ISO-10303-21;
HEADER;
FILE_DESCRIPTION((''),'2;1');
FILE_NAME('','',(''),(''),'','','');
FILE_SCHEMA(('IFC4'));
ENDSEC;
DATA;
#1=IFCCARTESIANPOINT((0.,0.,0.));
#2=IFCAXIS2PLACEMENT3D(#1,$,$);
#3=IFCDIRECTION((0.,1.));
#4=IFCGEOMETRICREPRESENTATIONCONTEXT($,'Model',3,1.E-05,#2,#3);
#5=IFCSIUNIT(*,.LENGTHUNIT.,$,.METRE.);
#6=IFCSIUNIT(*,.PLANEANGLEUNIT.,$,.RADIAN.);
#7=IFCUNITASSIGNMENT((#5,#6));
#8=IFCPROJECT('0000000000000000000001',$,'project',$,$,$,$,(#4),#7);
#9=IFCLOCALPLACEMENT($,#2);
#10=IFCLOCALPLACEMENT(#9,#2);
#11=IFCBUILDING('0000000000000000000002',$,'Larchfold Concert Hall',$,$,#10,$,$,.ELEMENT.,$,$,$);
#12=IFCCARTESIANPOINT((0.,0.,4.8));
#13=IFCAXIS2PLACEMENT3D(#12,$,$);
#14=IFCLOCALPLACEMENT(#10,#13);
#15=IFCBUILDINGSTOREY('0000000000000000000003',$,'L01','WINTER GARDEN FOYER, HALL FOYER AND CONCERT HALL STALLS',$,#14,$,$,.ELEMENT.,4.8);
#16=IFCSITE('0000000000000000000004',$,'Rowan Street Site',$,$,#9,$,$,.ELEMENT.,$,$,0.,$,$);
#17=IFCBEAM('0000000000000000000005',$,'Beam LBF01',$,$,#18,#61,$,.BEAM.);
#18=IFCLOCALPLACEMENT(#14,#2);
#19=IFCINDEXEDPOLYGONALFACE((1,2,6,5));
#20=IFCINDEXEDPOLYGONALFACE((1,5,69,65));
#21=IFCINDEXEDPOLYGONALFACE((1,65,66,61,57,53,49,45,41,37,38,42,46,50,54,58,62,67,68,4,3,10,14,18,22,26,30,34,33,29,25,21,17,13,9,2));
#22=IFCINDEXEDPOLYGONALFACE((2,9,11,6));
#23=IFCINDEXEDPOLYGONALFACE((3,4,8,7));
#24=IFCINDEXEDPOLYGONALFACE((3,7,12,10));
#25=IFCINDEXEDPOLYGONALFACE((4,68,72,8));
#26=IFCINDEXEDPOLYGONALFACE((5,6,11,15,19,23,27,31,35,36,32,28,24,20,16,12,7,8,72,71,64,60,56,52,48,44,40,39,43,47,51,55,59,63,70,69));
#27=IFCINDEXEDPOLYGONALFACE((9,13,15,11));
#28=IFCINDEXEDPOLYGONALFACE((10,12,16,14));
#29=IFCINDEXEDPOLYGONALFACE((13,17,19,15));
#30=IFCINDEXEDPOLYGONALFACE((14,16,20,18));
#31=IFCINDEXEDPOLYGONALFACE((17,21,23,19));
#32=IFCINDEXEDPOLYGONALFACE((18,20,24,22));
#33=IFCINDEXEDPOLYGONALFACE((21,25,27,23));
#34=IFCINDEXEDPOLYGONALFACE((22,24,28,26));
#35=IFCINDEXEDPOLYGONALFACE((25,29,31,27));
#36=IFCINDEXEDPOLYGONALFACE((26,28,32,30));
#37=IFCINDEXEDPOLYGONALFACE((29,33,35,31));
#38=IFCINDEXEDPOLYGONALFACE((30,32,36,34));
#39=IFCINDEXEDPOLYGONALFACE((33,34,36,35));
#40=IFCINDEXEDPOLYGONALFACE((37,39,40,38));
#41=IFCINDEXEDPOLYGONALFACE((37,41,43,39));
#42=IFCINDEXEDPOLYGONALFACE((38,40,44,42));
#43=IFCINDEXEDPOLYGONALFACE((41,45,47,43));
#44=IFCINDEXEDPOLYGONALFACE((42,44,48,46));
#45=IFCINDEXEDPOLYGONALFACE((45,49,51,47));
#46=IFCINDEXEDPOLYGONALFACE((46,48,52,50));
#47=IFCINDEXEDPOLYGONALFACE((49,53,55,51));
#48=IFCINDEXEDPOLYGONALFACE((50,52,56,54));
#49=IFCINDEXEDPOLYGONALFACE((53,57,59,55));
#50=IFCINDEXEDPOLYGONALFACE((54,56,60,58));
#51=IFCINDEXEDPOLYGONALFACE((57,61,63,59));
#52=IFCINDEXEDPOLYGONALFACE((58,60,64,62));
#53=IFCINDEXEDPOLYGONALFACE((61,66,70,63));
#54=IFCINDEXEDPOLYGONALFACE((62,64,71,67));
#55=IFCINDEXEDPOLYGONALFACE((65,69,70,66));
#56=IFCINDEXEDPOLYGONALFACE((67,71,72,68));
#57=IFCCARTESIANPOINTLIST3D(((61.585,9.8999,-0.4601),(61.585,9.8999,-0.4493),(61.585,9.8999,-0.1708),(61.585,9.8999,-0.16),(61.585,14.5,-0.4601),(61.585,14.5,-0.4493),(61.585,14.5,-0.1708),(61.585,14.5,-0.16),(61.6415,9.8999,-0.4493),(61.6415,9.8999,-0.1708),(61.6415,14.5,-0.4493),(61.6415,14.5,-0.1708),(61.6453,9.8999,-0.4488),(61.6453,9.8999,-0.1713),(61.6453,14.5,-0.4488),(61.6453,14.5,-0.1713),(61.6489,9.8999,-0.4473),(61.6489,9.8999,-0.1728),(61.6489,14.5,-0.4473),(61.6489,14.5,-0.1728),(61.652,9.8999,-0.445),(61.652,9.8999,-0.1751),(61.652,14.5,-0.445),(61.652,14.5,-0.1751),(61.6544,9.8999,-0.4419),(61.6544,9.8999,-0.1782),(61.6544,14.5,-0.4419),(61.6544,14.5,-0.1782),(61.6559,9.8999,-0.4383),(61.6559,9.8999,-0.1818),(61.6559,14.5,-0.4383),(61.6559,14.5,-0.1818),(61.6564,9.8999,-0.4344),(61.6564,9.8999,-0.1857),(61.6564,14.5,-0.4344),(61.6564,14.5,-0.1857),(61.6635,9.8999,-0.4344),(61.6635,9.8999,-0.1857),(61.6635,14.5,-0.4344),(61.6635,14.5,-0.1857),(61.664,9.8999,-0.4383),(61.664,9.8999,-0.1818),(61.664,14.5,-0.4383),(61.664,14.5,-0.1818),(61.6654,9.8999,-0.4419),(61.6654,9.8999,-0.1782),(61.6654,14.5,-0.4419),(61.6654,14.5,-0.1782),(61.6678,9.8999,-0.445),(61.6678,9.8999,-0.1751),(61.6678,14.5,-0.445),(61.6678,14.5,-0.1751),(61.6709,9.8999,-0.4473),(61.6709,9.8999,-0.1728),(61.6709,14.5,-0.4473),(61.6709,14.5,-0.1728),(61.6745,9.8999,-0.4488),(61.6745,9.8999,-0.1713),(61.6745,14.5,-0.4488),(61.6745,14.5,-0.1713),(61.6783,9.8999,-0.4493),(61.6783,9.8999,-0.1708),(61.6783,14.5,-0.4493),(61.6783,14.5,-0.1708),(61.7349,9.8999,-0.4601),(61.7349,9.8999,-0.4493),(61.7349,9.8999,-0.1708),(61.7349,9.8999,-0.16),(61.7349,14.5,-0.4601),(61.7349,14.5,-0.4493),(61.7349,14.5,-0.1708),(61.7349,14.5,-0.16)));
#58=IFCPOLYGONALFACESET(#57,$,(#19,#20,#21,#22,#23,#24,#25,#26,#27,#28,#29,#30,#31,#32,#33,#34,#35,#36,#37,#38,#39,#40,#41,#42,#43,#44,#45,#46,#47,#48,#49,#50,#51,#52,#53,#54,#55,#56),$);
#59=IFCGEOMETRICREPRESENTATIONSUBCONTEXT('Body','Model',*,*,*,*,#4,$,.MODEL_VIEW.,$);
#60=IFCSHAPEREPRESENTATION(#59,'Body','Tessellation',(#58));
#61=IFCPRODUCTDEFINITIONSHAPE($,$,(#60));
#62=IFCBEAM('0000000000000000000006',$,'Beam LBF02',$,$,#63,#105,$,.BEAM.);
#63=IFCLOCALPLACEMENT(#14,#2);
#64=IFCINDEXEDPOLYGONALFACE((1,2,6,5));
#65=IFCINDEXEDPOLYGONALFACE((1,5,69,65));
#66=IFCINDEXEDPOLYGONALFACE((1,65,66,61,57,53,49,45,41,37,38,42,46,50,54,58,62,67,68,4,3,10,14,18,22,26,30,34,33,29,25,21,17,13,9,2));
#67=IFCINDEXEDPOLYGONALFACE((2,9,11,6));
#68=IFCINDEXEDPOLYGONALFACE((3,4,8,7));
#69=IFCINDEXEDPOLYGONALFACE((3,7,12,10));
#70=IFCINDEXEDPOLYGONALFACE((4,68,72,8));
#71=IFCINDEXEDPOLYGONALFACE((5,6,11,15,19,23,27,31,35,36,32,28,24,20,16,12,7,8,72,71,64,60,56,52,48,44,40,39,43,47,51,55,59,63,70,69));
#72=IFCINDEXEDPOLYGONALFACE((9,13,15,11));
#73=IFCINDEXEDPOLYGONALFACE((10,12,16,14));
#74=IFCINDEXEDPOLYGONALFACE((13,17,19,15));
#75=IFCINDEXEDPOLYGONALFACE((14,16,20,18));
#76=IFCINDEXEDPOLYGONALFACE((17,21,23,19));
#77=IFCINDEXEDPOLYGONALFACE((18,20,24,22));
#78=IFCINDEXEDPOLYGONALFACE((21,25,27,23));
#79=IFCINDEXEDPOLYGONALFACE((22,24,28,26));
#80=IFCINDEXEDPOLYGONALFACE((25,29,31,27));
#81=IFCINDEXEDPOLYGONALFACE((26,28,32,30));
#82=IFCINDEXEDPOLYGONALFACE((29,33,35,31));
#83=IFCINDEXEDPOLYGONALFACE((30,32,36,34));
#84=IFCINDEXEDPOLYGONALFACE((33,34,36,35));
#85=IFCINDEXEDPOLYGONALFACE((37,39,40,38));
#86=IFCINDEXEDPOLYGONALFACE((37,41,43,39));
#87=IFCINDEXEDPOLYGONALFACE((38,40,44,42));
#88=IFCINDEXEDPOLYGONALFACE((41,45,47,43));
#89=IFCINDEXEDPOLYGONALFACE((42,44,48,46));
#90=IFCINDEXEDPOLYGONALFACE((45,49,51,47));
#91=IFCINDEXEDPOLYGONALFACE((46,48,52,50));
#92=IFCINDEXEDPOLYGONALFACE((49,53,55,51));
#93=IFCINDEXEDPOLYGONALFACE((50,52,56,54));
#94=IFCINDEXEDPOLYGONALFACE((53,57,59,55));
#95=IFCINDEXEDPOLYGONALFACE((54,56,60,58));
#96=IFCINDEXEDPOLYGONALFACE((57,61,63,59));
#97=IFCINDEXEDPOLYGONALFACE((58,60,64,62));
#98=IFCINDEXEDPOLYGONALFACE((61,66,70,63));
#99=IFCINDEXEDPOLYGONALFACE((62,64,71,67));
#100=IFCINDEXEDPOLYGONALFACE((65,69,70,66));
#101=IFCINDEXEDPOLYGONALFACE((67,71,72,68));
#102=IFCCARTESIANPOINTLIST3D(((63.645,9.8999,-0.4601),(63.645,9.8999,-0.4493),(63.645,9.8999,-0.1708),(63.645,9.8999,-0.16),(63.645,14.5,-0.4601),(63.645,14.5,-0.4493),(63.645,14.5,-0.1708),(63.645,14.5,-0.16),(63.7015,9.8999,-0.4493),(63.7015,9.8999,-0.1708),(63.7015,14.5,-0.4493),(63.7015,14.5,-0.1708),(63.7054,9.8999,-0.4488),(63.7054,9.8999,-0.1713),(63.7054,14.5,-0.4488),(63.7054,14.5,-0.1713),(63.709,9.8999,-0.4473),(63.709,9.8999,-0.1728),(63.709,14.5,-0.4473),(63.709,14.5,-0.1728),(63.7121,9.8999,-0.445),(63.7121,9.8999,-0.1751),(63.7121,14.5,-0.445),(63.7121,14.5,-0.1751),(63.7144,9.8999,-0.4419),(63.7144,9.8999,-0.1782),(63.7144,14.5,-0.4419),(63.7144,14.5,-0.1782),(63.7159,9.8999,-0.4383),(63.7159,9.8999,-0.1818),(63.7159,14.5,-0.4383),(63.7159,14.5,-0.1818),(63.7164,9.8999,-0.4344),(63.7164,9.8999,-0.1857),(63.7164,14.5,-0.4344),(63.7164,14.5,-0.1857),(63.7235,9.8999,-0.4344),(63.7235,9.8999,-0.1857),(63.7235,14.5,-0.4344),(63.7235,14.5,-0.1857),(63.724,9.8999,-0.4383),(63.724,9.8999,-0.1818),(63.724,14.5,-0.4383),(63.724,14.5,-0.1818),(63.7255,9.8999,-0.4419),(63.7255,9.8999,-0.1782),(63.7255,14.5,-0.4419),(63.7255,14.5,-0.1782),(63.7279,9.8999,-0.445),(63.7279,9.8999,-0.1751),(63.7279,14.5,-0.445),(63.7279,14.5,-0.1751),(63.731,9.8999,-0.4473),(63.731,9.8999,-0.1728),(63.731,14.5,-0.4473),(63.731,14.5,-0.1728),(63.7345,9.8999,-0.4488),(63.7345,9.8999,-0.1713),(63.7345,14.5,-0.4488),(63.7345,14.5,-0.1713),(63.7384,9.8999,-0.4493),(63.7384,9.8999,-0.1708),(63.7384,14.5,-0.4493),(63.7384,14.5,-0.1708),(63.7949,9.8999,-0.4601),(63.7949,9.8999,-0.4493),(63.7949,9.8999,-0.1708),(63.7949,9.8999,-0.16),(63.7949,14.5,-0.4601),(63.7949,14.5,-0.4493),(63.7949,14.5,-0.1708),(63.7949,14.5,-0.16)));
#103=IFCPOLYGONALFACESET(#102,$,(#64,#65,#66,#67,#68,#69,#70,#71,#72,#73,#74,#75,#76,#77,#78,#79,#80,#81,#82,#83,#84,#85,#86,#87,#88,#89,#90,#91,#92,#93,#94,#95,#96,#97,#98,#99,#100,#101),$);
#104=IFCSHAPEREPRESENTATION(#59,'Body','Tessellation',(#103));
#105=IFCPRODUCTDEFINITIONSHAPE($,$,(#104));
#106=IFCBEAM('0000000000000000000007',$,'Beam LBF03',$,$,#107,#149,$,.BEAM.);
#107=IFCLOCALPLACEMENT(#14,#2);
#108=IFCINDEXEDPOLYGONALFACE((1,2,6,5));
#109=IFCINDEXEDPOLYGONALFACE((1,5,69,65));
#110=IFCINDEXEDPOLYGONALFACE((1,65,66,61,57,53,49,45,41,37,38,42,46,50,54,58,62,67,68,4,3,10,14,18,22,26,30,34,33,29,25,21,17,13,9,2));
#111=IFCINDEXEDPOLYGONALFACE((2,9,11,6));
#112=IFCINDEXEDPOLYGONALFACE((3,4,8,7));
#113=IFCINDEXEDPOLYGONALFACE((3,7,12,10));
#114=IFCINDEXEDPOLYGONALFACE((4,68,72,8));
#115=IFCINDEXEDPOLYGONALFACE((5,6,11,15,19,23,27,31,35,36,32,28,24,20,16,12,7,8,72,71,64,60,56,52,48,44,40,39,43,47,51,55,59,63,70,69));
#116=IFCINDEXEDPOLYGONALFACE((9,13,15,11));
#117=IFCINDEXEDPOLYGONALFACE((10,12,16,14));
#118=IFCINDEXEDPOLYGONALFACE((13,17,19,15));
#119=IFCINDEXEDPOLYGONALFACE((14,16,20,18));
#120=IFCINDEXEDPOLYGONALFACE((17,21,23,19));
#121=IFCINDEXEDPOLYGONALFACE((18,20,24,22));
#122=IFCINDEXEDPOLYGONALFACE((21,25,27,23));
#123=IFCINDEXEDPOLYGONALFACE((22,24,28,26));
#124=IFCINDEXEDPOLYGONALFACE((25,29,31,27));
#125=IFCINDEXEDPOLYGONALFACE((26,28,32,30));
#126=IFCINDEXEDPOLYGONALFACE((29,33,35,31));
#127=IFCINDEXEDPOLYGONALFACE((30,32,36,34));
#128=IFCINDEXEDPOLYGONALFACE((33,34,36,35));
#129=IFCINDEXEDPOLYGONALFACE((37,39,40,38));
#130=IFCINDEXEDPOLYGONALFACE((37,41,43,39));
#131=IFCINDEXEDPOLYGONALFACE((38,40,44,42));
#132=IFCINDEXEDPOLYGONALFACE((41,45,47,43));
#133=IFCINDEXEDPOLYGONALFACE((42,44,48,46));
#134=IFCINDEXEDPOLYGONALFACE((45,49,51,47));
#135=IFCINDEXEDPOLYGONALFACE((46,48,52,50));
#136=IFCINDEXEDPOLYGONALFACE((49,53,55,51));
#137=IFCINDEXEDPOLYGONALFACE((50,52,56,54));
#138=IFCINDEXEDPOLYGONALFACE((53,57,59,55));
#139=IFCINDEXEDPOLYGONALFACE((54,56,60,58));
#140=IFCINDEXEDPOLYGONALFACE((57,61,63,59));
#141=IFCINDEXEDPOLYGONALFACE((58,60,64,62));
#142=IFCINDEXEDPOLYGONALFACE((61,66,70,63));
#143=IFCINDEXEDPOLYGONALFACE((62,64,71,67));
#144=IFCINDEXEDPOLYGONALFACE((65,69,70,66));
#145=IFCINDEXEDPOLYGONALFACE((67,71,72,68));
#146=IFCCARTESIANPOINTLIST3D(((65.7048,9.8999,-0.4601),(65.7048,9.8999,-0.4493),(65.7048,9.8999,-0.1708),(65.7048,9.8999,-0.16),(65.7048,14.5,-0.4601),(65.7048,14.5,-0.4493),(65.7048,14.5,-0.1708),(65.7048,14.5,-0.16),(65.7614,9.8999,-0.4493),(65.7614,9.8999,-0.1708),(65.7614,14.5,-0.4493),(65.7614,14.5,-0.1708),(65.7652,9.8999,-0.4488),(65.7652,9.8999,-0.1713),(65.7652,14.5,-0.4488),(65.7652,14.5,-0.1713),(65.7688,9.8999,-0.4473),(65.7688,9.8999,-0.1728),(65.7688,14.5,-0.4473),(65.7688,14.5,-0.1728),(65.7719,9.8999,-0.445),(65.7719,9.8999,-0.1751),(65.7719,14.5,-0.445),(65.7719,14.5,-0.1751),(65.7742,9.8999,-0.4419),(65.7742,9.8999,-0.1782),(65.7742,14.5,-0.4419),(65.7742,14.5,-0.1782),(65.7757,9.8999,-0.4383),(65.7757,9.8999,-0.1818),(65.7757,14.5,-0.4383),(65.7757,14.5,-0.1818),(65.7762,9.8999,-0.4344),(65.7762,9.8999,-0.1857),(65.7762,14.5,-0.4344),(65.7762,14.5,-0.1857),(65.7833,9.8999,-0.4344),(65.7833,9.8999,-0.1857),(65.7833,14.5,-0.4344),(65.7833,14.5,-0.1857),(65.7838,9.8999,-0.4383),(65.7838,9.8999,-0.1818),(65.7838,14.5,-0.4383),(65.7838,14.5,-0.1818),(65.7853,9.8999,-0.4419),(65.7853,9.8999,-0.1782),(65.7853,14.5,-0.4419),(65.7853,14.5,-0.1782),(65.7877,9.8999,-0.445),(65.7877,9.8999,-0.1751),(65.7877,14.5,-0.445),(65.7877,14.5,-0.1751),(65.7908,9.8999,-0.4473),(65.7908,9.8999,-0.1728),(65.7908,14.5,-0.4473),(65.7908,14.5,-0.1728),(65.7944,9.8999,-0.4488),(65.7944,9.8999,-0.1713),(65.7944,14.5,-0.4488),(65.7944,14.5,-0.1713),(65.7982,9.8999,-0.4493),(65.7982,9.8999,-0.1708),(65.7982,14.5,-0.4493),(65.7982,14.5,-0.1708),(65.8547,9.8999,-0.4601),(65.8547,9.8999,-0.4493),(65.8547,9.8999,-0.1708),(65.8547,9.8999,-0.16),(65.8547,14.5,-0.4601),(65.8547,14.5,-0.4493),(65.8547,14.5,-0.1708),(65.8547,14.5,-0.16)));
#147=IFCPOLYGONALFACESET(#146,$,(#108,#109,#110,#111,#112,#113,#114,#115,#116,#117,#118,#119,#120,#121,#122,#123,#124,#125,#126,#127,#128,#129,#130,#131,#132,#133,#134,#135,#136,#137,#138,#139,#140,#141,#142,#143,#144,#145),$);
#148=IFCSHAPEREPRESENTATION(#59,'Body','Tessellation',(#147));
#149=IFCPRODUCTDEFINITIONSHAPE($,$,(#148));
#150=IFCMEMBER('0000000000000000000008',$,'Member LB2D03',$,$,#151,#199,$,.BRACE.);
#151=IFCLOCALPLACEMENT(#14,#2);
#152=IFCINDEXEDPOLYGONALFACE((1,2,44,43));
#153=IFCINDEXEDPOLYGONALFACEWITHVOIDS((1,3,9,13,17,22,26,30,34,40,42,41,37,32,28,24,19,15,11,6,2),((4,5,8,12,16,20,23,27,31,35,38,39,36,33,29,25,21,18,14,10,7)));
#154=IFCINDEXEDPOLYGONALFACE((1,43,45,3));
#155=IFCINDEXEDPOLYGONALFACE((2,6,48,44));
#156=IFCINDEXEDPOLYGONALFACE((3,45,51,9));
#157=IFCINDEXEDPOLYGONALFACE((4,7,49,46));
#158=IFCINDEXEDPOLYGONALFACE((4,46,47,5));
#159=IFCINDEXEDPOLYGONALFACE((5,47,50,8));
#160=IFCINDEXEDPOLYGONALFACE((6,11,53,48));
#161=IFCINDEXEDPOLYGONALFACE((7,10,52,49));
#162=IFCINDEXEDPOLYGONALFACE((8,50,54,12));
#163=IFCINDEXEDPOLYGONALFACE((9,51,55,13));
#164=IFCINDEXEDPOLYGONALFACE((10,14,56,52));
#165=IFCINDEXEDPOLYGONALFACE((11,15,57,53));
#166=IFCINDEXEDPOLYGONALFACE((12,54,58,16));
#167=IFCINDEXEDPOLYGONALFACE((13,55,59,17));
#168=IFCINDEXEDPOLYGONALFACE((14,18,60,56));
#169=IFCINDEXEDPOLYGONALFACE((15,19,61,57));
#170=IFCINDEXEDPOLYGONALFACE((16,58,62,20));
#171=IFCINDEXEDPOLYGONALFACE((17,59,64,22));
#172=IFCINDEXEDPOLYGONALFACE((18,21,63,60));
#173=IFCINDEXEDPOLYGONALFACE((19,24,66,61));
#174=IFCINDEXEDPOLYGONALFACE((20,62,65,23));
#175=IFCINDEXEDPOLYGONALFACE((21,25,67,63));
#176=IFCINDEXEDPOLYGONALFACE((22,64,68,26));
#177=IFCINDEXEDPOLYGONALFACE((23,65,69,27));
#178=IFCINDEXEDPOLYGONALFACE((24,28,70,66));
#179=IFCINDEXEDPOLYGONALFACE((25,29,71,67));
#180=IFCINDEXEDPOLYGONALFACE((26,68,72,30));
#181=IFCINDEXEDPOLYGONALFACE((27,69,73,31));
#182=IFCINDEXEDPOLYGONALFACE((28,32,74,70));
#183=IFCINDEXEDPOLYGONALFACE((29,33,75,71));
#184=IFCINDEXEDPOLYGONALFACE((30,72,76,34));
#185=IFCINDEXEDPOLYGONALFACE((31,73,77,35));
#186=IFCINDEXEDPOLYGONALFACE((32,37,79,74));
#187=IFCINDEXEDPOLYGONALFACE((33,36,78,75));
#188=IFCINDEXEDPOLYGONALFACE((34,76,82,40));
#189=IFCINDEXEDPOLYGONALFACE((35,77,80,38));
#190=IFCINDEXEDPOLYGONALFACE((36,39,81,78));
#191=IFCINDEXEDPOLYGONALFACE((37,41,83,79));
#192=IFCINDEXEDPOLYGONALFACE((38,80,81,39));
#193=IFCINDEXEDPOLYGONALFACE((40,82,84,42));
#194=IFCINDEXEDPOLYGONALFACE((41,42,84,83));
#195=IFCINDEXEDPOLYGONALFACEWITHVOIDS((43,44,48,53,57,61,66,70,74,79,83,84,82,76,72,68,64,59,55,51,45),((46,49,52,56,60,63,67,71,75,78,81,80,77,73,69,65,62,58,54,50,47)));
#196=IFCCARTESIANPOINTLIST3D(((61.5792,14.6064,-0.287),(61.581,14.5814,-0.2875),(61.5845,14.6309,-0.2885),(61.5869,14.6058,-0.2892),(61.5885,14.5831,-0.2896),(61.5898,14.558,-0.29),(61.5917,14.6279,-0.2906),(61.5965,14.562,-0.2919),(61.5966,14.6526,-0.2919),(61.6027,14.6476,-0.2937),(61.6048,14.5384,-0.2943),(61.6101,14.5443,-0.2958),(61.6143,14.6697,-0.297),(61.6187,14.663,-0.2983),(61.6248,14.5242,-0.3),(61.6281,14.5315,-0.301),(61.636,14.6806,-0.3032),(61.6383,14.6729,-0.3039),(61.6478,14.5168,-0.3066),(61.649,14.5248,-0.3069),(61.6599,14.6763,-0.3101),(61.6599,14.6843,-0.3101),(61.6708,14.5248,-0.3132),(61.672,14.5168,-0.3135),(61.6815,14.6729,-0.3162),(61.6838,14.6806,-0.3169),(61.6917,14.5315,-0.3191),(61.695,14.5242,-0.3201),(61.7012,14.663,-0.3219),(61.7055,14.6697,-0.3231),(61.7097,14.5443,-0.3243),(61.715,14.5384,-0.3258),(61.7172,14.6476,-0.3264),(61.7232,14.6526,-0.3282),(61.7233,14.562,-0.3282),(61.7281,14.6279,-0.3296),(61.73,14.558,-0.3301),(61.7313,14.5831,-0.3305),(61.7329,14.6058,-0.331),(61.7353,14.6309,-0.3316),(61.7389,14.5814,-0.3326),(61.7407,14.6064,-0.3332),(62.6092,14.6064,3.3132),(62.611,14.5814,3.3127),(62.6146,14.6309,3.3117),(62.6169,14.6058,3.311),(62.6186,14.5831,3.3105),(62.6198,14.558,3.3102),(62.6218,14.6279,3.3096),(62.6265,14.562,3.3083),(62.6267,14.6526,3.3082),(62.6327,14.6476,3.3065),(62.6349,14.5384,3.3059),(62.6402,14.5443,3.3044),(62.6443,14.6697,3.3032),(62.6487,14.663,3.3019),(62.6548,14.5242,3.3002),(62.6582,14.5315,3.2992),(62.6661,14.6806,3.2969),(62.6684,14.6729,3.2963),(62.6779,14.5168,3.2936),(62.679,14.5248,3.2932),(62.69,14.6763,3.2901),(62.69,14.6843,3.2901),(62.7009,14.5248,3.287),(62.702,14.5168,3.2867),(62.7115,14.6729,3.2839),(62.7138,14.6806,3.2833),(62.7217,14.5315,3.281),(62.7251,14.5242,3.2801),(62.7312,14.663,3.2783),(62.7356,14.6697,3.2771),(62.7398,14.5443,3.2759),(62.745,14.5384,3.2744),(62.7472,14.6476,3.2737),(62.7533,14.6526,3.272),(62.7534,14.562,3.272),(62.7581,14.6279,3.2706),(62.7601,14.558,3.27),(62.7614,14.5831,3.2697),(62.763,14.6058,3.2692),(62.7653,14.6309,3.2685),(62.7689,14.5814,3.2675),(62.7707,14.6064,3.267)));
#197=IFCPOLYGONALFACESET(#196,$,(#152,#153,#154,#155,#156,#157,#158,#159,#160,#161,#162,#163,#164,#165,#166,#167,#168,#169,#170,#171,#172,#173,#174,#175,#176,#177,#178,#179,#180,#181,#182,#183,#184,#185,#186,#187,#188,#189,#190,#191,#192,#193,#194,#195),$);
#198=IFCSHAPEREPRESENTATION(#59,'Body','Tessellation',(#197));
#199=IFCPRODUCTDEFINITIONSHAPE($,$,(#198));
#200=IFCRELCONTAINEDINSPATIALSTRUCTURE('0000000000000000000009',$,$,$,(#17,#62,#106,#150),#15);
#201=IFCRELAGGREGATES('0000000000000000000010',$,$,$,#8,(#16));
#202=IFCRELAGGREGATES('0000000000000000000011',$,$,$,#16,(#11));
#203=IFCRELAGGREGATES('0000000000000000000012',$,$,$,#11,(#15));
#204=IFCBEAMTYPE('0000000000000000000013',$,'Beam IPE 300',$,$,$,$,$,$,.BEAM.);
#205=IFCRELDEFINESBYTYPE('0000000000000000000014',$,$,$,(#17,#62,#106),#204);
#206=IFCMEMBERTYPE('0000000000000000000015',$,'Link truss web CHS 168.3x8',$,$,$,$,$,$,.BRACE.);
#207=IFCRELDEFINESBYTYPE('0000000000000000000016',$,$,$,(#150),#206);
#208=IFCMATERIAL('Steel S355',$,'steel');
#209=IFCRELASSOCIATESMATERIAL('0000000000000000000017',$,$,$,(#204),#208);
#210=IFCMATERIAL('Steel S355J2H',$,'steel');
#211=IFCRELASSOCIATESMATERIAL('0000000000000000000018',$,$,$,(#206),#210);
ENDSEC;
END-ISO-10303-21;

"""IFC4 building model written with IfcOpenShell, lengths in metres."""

from ifc_helpers import new_model, si_unit, direction, frame, origin, origin_2d, place, context, subcontext, project, spatial, hollow_circle, i_section, extrude, material, material_profile, profile_set, type_object, element, save


model = new_model("IFC4")

# Units and contexts
model_context = context("Model", 3, precision=1e-05, world=origin(), true_north=direction((0.0, 1.0)))
body_context = subcontext(model_context, "Body", "Model", "MODEL_VIEW")
ifc_project = project(units=[si_unit("LENGTHUNIT", "METRE"), si_unit("PLANEANGLEUNIT", "RADIAN")], contexts=[model_context])

# Site, building, storey
site_placement = place(None, origin())
site = spatial("IfcSite", under=ifc_project, at=site_placement, Name="Rowan Street Site", CompositionType="ELEMENT", RefElevation=0.0)
building_placement = place(site_placement, origin())
building = spatial("IfcBuilding", under=site, at=building_placement, Name="Larchfold Concert Hall", CompositionType="ELEMENT")
storey_placement = place(building_placement, frame((0.0, 0.0, 4.8)))
storey = spatial("IfcBuildingStorey", under=building, at=storey_placement, Name="L01", Description="WINTER GARDEN FOYER, HALL FOYER AND CONCERT HALL STALLS", CompositionType="ELEMENT", Elevation=4.8)

# Beams
ifc_material_1 = material(Name="Steel S355", Category="steel")
ifc_material_profile_1 = material_profile(ifc_material_1, i_section(OverallWidth=0.1499, OverallDepth=0.3, WebThickness=0.0071, FlangeThickness=0.0107, FilletRadius=0.0149, at=origin_2d()))
ifc_profile_set_1 = profile_set([ifc_material_profile_1], Name="Steel S355")
beam_type_1 = type_object("IfcBeamType", Name="Beam IPE 300", PredefinedType="BEAM", material=ifc_profile_set_1)
for number, where, z_axis, x_axis, name in (
    (1, (61.6599, 9.8999, -0.3101), (0.0, 1.0, 0.0), (-1.0, 0.0, 0.0), "Beam LBF01"),
    (2, (63.72, 9.8999, -0.3101), (0.0, 1.0, 0.0), (-1.0, 0.0, 0.0), "Beam LBF02"),
    (3, (65.7798, 9.8999, -0.3101), (0.0, 1.0, 0.0), (-1.0, 0.0, 0.0), "Beam LBF03"),
):
    element("IfcBeam", number, at=place(storey_placement, frame(where, z_axis=z_axis, x_axis=x_axis)), inside=storey, type_object=beam_type_1, Name=name, PredefinedType="BEAM", context=body_context, shape_type="SweptSolid", body=[
        extrude(i_section(OverallWidth=0.1499, OverallDepth=0.3, WebThickness=0.0071, FlangeThickness=0.0107, FilletRadius=0.0149, at=origin_2d()), origin(), (0.0, 0.0, 1.0), 4.6001),
    ])

# Member
ifc_material_2 = material(Name="Steel S355J2H", Category="steel")
ifc_material_profile_2 = material_profile(ifc_material_2, hollow_circle(Radius=0.0842, WallThickness=0.0081, at=origin_2d()))
ifc_profile_set_2 = profile_set([ifc_material_profile_2], Name="Steel S355J2H")
member_type_1 = type_object("IfcMemberType", Name="Link truss web CHS 168.3x8", PredefinedType="BRACE", material=ifc_profile_set_2)
for number, where, z_axis, x_axis, name in (
    (4, (61.6599, 14.6001, -0.3101), (0.275074, 0.0, 0.961423), (0.0, 1.0, 0.0), "Member LB2D03"),
):
    element("IfcMember", number, at=place(storey_placement, frame(where, z_axis=z_axis, x_axis=x_axis)), inside=storey, type_object=member_type_1, Name=name, PredefinedType="BRACE", context=body_context, shape_type="SweptSolid", body=[
        extrude(hollow_circle(Radius=0.0842, WallThickness=0.0081, at=origin_2d()), origin(), (0.0, 0.0, 1.0), 3.7446),
    ])

save(model, "model.ifc")
